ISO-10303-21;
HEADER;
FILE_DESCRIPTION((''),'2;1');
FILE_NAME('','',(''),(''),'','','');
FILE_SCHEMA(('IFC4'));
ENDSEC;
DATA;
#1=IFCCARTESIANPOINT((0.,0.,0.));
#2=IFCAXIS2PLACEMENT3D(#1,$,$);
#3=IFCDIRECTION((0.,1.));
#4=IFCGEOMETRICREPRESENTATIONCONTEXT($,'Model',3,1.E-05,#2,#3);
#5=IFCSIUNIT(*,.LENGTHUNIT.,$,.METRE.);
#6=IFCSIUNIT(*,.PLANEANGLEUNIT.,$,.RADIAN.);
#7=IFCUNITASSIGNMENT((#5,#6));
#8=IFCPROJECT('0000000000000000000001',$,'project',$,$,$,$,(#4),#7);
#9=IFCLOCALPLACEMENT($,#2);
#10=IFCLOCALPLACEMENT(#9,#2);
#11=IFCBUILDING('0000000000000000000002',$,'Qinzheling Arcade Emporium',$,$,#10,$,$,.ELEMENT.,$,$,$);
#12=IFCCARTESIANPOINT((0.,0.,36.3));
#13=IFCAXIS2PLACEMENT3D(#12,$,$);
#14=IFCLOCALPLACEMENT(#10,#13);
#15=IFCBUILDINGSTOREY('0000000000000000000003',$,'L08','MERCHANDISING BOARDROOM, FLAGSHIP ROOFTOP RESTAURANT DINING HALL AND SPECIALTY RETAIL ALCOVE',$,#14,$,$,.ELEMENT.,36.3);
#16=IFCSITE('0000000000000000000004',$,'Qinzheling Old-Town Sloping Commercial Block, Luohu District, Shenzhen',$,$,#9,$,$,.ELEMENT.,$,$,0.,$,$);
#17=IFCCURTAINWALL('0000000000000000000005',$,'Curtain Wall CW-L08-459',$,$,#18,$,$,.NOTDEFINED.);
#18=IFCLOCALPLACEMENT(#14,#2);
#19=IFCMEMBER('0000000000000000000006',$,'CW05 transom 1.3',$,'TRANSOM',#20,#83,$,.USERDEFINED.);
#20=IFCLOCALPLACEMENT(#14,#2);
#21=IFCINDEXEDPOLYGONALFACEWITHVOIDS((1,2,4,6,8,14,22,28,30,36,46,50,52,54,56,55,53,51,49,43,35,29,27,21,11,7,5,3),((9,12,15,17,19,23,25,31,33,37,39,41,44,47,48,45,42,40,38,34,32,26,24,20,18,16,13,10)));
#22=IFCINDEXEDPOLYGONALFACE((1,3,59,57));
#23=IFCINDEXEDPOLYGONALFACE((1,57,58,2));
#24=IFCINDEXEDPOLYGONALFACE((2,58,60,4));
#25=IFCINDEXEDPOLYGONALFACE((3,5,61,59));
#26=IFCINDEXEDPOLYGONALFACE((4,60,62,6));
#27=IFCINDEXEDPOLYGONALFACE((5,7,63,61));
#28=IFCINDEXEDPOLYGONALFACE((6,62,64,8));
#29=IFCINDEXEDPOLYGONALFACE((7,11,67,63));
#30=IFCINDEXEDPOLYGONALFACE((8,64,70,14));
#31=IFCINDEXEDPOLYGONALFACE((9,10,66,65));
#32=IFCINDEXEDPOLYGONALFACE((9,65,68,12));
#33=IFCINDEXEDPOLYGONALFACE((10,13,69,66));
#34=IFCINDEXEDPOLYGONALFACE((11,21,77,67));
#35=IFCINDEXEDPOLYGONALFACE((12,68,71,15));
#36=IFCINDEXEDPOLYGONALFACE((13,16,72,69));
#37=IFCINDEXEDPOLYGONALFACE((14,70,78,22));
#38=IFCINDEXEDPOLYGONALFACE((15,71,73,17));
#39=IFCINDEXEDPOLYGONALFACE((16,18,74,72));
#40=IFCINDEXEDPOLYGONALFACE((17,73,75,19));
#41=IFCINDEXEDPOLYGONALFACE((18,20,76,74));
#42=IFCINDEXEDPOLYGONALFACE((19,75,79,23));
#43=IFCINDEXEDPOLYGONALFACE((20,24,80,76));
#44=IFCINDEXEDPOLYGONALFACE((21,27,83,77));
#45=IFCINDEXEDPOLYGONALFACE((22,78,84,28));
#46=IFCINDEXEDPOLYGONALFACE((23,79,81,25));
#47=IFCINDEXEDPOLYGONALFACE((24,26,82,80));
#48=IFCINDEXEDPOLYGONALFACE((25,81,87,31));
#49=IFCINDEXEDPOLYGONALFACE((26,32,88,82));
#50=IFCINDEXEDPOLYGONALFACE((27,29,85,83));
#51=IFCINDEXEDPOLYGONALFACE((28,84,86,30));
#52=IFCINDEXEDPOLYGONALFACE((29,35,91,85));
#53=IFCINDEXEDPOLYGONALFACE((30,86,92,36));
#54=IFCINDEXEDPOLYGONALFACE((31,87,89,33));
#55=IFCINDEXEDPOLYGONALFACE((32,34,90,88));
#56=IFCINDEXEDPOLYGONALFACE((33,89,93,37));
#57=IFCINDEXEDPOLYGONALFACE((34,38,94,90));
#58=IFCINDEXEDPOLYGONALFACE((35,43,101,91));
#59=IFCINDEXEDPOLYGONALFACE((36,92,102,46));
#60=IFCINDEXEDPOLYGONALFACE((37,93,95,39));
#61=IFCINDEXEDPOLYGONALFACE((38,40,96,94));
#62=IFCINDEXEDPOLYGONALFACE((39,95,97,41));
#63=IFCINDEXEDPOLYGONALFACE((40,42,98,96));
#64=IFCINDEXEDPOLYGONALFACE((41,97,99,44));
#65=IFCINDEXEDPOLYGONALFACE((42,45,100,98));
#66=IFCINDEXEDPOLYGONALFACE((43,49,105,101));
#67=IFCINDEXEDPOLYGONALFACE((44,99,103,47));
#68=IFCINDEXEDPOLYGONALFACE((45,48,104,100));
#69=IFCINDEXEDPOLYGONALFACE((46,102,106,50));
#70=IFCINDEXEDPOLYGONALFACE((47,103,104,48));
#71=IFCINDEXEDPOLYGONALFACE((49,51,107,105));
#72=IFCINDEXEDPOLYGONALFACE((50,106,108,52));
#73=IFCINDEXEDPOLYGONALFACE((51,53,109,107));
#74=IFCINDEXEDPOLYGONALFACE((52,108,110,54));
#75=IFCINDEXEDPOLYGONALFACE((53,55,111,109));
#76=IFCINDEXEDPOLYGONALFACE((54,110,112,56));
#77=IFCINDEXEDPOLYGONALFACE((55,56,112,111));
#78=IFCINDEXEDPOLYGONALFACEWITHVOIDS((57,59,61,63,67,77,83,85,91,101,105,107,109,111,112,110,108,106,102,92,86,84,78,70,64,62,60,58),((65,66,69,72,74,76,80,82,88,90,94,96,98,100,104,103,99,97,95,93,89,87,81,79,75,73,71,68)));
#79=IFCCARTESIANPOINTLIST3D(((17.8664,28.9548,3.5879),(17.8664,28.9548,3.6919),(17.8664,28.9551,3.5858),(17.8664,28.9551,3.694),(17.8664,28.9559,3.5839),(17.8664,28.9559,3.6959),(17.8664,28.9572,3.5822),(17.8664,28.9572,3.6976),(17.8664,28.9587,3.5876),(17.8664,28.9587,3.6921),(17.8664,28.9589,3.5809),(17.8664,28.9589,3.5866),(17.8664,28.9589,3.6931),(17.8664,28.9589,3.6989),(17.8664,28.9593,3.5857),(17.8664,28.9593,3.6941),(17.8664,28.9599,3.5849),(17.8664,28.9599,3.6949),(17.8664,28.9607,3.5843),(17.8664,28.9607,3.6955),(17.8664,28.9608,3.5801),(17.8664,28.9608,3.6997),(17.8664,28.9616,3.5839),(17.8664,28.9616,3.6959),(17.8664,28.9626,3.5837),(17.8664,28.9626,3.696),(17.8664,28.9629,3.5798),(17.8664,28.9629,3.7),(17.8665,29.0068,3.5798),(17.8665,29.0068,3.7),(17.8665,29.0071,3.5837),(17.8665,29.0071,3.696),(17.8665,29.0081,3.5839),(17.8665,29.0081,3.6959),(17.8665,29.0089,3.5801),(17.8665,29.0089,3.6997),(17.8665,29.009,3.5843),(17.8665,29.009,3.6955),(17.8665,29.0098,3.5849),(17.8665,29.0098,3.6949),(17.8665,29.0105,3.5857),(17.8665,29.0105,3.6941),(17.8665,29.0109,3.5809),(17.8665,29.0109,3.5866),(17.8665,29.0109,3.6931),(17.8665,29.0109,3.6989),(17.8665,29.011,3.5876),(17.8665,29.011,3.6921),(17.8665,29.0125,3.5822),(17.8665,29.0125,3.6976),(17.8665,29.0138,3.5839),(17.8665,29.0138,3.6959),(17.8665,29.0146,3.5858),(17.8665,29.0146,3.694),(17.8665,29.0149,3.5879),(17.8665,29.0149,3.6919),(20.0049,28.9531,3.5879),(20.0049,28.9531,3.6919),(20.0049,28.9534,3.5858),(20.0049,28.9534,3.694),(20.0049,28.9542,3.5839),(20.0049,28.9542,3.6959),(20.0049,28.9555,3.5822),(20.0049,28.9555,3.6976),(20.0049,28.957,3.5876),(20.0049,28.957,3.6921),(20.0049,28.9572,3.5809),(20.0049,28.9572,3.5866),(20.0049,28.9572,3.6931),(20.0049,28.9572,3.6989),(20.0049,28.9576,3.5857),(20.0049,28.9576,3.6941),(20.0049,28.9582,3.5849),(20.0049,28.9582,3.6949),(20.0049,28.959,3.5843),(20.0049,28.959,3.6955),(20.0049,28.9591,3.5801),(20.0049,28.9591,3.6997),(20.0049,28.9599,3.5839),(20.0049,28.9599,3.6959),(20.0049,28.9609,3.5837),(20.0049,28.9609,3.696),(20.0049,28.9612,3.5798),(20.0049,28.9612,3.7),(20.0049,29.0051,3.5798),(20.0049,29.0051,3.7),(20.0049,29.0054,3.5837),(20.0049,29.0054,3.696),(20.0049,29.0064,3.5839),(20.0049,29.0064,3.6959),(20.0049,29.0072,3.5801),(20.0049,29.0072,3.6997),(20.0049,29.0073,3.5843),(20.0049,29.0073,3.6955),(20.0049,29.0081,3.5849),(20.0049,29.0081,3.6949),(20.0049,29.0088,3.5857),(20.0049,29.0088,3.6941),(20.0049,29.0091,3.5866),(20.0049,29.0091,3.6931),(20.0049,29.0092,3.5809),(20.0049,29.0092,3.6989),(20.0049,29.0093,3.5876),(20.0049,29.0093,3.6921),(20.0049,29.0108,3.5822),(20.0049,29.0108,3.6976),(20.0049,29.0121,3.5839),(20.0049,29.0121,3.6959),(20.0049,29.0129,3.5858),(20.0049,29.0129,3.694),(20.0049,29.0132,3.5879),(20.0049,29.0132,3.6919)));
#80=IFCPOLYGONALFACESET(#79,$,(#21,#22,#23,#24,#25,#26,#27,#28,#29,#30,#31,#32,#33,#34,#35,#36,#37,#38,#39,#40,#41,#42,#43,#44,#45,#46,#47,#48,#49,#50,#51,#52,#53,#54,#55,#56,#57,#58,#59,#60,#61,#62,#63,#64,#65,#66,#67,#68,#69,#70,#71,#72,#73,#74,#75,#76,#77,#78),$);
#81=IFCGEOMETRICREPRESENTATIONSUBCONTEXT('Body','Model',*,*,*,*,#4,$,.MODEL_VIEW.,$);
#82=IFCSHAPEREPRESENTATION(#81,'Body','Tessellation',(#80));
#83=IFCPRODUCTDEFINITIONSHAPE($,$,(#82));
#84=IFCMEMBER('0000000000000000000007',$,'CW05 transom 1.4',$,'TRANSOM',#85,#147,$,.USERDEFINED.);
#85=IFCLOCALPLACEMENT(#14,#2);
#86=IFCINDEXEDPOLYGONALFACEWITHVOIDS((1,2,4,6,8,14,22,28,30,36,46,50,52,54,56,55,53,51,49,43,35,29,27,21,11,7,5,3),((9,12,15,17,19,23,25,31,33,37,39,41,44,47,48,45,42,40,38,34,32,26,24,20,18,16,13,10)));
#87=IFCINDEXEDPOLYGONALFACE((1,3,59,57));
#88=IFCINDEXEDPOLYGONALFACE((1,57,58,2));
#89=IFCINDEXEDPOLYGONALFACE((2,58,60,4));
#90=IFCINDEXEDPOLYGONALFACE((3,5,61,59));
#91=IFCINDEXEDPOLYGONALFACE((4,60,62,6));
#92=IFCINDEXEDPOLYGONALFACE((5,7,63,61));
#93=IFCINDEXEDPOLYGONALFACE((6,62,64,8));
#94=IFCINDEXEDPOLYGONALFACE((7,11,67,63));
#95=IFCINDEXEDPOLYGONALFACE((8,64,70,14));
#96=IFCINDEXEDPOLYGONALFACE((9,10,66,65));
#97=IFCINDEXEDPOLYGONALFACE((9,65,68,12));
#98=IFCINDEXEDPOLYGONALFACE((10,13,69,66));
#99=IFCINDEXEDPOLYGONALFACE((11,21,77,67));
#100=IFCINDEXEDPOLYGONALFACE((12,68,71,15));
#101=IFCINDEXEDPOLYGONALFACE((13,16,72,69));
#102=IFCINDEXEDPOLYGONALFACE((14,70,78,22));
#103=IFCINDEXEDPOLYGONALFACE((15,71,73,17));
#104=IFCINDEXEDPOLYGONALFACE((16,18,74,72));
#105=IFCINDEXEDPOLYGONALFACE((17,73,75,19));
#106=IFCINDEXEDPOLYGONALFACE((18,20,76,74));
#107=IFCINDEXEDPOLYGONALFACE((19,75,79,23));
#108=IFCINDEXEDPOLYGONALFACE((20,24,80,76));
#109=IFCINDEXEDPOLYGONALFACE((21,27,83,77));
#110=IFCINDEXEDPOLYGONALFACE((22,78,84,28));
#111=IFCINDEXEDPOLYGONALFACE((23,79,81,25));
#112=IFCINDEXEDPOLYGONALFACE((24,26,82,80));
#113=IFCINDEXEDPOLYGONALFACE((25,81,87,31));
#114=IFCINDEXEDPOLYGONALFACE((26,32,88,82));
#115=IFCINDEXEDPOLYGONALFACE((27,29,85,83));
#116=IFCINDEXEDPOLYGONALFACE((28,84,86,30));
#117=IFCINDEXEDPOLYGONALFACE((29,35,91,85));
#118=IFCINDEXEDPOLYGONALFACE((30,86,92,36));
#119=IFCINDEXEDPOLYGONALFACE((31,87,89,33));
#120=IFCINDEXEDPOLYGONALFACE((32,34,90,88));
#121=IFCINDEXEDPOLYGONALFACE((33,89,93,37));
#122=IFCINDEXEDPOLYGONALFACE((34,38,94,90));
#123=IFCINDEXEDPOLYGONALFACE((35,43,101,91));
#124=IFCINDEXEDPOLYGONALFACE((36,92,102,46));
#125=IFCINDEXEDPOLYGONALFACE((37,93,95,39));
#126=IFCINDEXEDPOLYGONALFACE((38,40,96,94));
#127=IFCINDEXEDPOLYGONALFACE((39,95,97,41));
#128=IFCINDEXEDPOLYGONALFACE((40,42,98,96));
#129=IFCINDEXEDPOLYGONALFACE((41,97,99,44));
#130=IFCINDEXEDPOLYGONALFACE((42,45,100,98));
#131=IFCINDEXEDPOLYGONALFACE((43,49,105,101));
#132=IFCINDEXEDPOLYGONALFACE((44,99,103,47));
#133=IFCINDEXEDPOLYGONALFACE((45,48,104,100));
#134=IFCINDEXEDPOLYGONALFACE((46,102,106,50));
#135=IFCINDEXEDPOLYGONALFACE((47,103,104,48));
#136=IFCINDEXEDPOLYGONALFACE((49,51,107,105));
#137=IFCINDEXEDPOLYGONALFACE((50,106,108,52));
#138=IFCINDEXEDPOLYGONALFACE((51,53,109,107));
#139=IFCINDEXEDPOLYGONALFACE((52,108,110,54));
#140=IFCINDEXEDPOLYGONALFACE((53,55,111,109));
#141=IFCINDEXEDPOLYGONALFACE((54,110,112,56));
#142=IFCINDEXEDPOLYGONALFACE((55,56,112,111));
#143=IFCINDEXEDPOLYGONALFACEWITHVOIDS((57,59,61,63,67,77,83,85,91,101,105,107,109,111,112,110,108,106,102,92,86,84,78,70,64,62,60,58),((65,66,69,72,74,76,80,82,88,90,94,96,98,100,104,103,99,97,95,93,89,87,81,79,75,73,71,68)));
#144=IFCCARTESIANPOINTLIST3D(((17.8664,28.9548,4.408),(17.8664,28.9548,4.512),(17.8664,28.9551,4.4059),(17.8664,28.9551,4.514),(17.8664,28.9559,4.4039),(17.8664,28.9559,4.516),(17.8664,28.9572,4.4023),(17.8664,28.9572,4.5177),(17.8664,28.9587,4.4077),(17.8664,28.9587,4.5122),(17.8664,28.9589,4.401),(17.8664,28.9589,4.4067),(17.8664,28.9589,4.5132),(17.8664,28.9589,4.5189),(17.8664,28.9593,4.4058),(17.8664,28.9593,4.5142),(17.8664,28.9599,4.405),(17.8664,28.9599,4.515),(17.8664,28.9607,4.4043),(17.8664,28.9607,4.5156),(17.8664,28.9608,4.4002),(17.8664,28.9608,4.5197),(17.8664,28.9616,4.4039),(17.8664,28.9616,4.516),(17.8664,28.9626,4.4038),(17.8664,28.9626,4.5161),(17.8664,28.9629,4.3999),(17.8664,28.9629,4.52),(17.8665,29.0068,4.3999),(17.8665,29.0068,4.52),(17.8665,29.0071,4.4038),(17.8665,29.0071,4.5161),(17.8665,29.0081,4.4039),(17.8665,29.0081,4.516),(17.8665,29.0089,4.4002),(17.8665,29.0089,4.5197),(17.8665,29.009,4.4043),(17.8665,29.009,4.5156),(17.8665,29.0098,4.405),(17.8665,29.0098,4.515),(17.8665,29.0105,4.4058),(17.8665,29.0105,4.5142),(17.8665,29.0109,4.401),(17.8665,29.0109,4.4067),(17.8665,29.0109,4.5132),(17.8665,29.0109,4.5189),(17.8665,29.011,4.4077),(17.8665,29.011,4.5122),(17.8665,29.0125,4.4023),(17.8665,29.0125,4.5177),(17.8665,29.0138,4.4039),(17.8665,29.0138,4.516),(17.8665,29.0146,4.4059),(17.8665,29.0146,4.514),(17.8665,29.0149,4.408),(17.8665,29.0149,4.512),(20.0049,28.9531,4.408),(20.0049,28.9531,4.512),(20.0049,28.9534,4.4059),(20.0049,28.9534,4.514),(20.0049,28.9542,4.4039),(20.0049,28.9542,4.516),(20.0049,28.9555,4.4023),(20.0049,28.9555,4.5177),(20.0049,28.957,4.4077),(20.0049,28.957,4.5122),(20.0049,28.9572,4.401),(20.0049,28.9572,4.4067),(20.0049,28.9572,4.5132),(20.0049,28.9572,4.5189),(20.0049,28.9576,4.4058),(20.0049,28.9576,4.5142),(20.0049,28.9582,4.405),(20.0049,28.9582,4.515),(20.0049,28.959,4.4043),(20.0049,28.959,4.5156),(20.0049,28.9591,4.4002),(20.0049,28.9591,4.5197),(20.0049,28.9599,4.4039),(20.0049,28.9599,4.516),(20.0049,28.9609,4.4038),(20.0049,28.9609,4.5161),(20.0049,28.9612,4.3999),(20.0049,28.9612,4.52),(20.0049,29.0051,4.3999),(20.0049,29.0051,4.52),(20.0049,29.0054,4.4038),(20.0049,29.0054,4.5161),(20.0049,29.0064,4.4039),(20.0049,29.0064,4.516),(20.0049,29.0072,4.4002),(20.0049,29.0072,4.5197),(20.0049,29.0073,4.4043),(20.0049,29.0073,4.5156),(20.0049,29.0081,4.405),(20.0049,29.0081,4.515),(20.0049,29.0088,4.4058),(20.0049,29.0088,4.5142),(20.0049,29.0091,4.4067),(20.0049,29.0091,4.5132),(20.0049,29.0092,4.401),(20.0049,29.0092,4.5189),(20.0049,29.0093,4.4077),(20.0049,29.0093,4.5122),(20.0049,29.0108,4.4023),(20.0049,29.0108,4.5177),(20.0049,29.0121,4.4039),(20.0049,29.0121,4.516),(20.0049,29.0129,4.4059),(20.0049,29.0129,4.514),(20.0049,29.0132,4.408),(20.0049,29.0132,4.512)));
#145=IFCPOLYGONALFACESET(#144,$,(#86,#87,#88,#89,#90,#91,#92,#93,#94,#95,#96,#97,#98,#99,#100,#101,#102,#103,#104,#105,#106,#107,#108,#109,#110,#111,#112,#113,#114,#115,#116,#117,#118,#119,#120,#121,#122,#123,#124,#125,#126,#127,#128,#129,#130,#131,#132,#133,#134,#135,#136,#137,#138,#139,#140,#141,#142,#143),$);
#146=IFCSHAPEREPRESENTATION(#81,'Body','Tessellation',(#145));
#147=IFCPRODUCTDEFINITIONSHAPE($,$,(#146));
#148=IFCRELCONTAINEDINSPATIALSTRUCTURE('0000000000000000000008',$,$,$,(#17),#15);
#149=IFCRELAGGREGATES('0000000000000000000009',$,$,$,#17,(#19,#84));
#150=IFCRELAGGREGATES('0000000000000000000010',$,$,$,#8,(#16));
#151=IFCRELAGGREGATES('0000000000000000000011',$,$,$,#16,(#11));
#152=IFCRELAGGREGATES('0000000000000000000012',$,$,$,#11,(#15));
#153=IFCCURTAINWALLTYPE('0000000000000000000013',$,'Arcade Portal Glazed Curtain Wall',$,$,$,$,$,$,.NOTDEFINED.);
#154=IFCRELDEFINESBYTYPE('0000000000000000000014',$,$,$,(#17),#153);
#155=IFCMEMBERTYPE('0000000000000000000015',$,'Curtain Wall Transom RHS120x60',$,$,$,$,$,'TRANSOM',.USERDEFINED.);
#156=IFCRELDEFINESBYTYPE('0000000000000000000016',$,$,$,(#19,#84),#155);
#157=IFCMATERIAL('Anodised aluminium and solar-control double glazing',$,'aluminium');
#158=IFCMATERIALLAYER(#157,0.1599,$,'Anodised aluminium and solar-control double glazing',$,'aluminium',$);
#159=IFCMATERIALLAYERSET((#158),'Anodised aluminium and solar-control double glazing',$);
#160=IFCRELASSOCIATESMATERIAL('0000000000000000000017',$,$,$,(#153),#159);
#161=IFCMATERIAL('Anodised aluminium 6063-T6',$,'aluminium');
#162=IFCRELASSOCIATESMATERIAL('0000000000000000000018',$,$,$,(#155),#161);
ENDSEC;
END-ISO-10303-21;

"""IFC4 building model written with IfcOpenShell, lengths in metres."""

from ifc_helpers import new_model, si_unit, direction, frame, origin, origin_2d, place, context, subcontext, project, spatial, hollow_rectangle, extrude, material, layer, layer_set, material_profile, profile_set, type_object, element, aggregate, save


model = new_model("IFC4")

# Units and contexts
model_context = context("Model", 3, precision=1e-05, world=origin(), true_north=direction((0.0, 1.0)))
body_context = subcontext(model_context, "Body", "Model", "MODEL_VIEW")
ifc_project = project(units=[si_unit("LENGTHUNIT", "METRE"), si_unit("PLANEANGLEUNIT", "RADIAN")], contexts=[model_context])

# Site, building, storey
site_placement = place(None, origin())
site = spatial("IfcSite", under=ifc_project, at=site_placement, Name="Qinzheling Old-Town Sloping Commercial Block, Luohu District, Shenzhen", CompositionType="ELEMENT", RefElevation=0.0)
building_placement = place(site_placement, origin())
building = spatial("IfcBuilding", under=site, at=building_placement, Name="Qinzheling Arcade Emporium", CompositionType="ELEMENT")
storey_placement = place(building_placement, frame((0.0, 0.0, 36.3)))
storey = spatial("IfcBuildingStorey", under=building, at=storey_placement, Name="L08", Description="MERCHANDISING BOARDROOM, FLAGSHIP ROOFTOP RESTAURANT DINING HALL AND SPECIALTY RETAIL ALCOVE", CompositionType="ELEMENT", Elevation=36.3)

# Shared definitions
ifc_material_1 = material(Name="Anodised aluminium and solar-control double glazing", Category="aluminium")
ifc_material_2 = material(Name="Anodised aluminium 6063-T6", Category="aluminium")

# Curtain wall
ifc_layer_1 = layer(ifc_material_1, 0.1599, Name="Anodised aluminium and solar-control double glazing", Category="aluminium")
ifc_layer_set_1 = layer_set([ifc_layer_1], Name="Anodised aluminium and solar-control double glazing")
curtain_wall_type_1 = type_object("IfcCurtainWallType", Name="Arcade Portal Glazed Curtain Wall", PredefinedType="NOTDEFINED", material=ifc_layer_set_1)
curtain_wall_1_placement = place(storey_placement, origin())
curtain_wall_1 = element("IfcCurtainWall", 1, at=curtain_wall_1_placement, inside=storey, type_object=curtain_wall_type_1, Name="Curtain Wall CW-L08-459", PredefinedType="NOTDEFINED")

# Members
ifc_material_profile_1 = material_profile(ifc_material_2, hollow_rectangle(XDim=0.0601, YDim=0.1201, WallThickness=0.0039, InnerFilletRadius=0.0039, OuterFilletRadius=0.0081, at=origin_2d()), Name="RHS 120x60x4", Category="aluminium")
ifc_profile_set_1 = profile_set([ifc_material_profile_1], Name="Anodised aluminium 6063-T6")
member_type_1 = type_object("IfcMemberType", Name="Curtain Wall Transom RHS120x60", ElementType="TRANSOM", PredefinedType="USERDEFINED", material=ifc_profile_set_1)
member_1_placement = place(storey_placement, frame((20.0049, 28.9832, 3.6399), z_axis=(-1.0, 0.000799, 0.0), x_axis=(-0.000799, -1.0, 0.0)))
member_1 = element("IfcMember", 2, at=member_1_placement, type_object=member_type_1, Name="CW05 transom 1.3", ObjectType="TRANSOM", PredefinedType="USERDEFINED", context=body_context, shape_type="SweptSolid", body=[
    extrude(hollow_rectangle(XDim=0.0601, YDim=0.1201, WallThickness=0.0039, InnerFilletRadius=0.0039, OuterFilletRadius=0.0081, at=origin_2d()), origin(), (0.0, 0.0, 1.0), 2.1384),
])
member_2_placement = place(storey_placement, frame((20.0049, 28.9832, 4.46), z_axis=(-1.0, 0.000799, 0.0), x_axis=(-0.000799, -1.0, 0.0)))
member_2 = element("IfcMember", 3, at=member_2_placement, type_object=member_type_1, Name="CW05 transom 1.4", ObjectType="TRANSOM", PredefinedType="USERDEFINED", context=body_context, shape_type="SweptSolid", body=[
    extrude(hollow_rectangle(XDim=0.0601, YDim=0.1201, WallThickness=0.0039, InnerFilletRadius=0.0039, OuterFilletRadius=0.0081, at=origin_2d()), origin(), (0.0, 0.0, 1.0), 2.1384),
])

aggregate(curtain_wall_1, [member_1, member_2])

save(model, "model.ifc")
